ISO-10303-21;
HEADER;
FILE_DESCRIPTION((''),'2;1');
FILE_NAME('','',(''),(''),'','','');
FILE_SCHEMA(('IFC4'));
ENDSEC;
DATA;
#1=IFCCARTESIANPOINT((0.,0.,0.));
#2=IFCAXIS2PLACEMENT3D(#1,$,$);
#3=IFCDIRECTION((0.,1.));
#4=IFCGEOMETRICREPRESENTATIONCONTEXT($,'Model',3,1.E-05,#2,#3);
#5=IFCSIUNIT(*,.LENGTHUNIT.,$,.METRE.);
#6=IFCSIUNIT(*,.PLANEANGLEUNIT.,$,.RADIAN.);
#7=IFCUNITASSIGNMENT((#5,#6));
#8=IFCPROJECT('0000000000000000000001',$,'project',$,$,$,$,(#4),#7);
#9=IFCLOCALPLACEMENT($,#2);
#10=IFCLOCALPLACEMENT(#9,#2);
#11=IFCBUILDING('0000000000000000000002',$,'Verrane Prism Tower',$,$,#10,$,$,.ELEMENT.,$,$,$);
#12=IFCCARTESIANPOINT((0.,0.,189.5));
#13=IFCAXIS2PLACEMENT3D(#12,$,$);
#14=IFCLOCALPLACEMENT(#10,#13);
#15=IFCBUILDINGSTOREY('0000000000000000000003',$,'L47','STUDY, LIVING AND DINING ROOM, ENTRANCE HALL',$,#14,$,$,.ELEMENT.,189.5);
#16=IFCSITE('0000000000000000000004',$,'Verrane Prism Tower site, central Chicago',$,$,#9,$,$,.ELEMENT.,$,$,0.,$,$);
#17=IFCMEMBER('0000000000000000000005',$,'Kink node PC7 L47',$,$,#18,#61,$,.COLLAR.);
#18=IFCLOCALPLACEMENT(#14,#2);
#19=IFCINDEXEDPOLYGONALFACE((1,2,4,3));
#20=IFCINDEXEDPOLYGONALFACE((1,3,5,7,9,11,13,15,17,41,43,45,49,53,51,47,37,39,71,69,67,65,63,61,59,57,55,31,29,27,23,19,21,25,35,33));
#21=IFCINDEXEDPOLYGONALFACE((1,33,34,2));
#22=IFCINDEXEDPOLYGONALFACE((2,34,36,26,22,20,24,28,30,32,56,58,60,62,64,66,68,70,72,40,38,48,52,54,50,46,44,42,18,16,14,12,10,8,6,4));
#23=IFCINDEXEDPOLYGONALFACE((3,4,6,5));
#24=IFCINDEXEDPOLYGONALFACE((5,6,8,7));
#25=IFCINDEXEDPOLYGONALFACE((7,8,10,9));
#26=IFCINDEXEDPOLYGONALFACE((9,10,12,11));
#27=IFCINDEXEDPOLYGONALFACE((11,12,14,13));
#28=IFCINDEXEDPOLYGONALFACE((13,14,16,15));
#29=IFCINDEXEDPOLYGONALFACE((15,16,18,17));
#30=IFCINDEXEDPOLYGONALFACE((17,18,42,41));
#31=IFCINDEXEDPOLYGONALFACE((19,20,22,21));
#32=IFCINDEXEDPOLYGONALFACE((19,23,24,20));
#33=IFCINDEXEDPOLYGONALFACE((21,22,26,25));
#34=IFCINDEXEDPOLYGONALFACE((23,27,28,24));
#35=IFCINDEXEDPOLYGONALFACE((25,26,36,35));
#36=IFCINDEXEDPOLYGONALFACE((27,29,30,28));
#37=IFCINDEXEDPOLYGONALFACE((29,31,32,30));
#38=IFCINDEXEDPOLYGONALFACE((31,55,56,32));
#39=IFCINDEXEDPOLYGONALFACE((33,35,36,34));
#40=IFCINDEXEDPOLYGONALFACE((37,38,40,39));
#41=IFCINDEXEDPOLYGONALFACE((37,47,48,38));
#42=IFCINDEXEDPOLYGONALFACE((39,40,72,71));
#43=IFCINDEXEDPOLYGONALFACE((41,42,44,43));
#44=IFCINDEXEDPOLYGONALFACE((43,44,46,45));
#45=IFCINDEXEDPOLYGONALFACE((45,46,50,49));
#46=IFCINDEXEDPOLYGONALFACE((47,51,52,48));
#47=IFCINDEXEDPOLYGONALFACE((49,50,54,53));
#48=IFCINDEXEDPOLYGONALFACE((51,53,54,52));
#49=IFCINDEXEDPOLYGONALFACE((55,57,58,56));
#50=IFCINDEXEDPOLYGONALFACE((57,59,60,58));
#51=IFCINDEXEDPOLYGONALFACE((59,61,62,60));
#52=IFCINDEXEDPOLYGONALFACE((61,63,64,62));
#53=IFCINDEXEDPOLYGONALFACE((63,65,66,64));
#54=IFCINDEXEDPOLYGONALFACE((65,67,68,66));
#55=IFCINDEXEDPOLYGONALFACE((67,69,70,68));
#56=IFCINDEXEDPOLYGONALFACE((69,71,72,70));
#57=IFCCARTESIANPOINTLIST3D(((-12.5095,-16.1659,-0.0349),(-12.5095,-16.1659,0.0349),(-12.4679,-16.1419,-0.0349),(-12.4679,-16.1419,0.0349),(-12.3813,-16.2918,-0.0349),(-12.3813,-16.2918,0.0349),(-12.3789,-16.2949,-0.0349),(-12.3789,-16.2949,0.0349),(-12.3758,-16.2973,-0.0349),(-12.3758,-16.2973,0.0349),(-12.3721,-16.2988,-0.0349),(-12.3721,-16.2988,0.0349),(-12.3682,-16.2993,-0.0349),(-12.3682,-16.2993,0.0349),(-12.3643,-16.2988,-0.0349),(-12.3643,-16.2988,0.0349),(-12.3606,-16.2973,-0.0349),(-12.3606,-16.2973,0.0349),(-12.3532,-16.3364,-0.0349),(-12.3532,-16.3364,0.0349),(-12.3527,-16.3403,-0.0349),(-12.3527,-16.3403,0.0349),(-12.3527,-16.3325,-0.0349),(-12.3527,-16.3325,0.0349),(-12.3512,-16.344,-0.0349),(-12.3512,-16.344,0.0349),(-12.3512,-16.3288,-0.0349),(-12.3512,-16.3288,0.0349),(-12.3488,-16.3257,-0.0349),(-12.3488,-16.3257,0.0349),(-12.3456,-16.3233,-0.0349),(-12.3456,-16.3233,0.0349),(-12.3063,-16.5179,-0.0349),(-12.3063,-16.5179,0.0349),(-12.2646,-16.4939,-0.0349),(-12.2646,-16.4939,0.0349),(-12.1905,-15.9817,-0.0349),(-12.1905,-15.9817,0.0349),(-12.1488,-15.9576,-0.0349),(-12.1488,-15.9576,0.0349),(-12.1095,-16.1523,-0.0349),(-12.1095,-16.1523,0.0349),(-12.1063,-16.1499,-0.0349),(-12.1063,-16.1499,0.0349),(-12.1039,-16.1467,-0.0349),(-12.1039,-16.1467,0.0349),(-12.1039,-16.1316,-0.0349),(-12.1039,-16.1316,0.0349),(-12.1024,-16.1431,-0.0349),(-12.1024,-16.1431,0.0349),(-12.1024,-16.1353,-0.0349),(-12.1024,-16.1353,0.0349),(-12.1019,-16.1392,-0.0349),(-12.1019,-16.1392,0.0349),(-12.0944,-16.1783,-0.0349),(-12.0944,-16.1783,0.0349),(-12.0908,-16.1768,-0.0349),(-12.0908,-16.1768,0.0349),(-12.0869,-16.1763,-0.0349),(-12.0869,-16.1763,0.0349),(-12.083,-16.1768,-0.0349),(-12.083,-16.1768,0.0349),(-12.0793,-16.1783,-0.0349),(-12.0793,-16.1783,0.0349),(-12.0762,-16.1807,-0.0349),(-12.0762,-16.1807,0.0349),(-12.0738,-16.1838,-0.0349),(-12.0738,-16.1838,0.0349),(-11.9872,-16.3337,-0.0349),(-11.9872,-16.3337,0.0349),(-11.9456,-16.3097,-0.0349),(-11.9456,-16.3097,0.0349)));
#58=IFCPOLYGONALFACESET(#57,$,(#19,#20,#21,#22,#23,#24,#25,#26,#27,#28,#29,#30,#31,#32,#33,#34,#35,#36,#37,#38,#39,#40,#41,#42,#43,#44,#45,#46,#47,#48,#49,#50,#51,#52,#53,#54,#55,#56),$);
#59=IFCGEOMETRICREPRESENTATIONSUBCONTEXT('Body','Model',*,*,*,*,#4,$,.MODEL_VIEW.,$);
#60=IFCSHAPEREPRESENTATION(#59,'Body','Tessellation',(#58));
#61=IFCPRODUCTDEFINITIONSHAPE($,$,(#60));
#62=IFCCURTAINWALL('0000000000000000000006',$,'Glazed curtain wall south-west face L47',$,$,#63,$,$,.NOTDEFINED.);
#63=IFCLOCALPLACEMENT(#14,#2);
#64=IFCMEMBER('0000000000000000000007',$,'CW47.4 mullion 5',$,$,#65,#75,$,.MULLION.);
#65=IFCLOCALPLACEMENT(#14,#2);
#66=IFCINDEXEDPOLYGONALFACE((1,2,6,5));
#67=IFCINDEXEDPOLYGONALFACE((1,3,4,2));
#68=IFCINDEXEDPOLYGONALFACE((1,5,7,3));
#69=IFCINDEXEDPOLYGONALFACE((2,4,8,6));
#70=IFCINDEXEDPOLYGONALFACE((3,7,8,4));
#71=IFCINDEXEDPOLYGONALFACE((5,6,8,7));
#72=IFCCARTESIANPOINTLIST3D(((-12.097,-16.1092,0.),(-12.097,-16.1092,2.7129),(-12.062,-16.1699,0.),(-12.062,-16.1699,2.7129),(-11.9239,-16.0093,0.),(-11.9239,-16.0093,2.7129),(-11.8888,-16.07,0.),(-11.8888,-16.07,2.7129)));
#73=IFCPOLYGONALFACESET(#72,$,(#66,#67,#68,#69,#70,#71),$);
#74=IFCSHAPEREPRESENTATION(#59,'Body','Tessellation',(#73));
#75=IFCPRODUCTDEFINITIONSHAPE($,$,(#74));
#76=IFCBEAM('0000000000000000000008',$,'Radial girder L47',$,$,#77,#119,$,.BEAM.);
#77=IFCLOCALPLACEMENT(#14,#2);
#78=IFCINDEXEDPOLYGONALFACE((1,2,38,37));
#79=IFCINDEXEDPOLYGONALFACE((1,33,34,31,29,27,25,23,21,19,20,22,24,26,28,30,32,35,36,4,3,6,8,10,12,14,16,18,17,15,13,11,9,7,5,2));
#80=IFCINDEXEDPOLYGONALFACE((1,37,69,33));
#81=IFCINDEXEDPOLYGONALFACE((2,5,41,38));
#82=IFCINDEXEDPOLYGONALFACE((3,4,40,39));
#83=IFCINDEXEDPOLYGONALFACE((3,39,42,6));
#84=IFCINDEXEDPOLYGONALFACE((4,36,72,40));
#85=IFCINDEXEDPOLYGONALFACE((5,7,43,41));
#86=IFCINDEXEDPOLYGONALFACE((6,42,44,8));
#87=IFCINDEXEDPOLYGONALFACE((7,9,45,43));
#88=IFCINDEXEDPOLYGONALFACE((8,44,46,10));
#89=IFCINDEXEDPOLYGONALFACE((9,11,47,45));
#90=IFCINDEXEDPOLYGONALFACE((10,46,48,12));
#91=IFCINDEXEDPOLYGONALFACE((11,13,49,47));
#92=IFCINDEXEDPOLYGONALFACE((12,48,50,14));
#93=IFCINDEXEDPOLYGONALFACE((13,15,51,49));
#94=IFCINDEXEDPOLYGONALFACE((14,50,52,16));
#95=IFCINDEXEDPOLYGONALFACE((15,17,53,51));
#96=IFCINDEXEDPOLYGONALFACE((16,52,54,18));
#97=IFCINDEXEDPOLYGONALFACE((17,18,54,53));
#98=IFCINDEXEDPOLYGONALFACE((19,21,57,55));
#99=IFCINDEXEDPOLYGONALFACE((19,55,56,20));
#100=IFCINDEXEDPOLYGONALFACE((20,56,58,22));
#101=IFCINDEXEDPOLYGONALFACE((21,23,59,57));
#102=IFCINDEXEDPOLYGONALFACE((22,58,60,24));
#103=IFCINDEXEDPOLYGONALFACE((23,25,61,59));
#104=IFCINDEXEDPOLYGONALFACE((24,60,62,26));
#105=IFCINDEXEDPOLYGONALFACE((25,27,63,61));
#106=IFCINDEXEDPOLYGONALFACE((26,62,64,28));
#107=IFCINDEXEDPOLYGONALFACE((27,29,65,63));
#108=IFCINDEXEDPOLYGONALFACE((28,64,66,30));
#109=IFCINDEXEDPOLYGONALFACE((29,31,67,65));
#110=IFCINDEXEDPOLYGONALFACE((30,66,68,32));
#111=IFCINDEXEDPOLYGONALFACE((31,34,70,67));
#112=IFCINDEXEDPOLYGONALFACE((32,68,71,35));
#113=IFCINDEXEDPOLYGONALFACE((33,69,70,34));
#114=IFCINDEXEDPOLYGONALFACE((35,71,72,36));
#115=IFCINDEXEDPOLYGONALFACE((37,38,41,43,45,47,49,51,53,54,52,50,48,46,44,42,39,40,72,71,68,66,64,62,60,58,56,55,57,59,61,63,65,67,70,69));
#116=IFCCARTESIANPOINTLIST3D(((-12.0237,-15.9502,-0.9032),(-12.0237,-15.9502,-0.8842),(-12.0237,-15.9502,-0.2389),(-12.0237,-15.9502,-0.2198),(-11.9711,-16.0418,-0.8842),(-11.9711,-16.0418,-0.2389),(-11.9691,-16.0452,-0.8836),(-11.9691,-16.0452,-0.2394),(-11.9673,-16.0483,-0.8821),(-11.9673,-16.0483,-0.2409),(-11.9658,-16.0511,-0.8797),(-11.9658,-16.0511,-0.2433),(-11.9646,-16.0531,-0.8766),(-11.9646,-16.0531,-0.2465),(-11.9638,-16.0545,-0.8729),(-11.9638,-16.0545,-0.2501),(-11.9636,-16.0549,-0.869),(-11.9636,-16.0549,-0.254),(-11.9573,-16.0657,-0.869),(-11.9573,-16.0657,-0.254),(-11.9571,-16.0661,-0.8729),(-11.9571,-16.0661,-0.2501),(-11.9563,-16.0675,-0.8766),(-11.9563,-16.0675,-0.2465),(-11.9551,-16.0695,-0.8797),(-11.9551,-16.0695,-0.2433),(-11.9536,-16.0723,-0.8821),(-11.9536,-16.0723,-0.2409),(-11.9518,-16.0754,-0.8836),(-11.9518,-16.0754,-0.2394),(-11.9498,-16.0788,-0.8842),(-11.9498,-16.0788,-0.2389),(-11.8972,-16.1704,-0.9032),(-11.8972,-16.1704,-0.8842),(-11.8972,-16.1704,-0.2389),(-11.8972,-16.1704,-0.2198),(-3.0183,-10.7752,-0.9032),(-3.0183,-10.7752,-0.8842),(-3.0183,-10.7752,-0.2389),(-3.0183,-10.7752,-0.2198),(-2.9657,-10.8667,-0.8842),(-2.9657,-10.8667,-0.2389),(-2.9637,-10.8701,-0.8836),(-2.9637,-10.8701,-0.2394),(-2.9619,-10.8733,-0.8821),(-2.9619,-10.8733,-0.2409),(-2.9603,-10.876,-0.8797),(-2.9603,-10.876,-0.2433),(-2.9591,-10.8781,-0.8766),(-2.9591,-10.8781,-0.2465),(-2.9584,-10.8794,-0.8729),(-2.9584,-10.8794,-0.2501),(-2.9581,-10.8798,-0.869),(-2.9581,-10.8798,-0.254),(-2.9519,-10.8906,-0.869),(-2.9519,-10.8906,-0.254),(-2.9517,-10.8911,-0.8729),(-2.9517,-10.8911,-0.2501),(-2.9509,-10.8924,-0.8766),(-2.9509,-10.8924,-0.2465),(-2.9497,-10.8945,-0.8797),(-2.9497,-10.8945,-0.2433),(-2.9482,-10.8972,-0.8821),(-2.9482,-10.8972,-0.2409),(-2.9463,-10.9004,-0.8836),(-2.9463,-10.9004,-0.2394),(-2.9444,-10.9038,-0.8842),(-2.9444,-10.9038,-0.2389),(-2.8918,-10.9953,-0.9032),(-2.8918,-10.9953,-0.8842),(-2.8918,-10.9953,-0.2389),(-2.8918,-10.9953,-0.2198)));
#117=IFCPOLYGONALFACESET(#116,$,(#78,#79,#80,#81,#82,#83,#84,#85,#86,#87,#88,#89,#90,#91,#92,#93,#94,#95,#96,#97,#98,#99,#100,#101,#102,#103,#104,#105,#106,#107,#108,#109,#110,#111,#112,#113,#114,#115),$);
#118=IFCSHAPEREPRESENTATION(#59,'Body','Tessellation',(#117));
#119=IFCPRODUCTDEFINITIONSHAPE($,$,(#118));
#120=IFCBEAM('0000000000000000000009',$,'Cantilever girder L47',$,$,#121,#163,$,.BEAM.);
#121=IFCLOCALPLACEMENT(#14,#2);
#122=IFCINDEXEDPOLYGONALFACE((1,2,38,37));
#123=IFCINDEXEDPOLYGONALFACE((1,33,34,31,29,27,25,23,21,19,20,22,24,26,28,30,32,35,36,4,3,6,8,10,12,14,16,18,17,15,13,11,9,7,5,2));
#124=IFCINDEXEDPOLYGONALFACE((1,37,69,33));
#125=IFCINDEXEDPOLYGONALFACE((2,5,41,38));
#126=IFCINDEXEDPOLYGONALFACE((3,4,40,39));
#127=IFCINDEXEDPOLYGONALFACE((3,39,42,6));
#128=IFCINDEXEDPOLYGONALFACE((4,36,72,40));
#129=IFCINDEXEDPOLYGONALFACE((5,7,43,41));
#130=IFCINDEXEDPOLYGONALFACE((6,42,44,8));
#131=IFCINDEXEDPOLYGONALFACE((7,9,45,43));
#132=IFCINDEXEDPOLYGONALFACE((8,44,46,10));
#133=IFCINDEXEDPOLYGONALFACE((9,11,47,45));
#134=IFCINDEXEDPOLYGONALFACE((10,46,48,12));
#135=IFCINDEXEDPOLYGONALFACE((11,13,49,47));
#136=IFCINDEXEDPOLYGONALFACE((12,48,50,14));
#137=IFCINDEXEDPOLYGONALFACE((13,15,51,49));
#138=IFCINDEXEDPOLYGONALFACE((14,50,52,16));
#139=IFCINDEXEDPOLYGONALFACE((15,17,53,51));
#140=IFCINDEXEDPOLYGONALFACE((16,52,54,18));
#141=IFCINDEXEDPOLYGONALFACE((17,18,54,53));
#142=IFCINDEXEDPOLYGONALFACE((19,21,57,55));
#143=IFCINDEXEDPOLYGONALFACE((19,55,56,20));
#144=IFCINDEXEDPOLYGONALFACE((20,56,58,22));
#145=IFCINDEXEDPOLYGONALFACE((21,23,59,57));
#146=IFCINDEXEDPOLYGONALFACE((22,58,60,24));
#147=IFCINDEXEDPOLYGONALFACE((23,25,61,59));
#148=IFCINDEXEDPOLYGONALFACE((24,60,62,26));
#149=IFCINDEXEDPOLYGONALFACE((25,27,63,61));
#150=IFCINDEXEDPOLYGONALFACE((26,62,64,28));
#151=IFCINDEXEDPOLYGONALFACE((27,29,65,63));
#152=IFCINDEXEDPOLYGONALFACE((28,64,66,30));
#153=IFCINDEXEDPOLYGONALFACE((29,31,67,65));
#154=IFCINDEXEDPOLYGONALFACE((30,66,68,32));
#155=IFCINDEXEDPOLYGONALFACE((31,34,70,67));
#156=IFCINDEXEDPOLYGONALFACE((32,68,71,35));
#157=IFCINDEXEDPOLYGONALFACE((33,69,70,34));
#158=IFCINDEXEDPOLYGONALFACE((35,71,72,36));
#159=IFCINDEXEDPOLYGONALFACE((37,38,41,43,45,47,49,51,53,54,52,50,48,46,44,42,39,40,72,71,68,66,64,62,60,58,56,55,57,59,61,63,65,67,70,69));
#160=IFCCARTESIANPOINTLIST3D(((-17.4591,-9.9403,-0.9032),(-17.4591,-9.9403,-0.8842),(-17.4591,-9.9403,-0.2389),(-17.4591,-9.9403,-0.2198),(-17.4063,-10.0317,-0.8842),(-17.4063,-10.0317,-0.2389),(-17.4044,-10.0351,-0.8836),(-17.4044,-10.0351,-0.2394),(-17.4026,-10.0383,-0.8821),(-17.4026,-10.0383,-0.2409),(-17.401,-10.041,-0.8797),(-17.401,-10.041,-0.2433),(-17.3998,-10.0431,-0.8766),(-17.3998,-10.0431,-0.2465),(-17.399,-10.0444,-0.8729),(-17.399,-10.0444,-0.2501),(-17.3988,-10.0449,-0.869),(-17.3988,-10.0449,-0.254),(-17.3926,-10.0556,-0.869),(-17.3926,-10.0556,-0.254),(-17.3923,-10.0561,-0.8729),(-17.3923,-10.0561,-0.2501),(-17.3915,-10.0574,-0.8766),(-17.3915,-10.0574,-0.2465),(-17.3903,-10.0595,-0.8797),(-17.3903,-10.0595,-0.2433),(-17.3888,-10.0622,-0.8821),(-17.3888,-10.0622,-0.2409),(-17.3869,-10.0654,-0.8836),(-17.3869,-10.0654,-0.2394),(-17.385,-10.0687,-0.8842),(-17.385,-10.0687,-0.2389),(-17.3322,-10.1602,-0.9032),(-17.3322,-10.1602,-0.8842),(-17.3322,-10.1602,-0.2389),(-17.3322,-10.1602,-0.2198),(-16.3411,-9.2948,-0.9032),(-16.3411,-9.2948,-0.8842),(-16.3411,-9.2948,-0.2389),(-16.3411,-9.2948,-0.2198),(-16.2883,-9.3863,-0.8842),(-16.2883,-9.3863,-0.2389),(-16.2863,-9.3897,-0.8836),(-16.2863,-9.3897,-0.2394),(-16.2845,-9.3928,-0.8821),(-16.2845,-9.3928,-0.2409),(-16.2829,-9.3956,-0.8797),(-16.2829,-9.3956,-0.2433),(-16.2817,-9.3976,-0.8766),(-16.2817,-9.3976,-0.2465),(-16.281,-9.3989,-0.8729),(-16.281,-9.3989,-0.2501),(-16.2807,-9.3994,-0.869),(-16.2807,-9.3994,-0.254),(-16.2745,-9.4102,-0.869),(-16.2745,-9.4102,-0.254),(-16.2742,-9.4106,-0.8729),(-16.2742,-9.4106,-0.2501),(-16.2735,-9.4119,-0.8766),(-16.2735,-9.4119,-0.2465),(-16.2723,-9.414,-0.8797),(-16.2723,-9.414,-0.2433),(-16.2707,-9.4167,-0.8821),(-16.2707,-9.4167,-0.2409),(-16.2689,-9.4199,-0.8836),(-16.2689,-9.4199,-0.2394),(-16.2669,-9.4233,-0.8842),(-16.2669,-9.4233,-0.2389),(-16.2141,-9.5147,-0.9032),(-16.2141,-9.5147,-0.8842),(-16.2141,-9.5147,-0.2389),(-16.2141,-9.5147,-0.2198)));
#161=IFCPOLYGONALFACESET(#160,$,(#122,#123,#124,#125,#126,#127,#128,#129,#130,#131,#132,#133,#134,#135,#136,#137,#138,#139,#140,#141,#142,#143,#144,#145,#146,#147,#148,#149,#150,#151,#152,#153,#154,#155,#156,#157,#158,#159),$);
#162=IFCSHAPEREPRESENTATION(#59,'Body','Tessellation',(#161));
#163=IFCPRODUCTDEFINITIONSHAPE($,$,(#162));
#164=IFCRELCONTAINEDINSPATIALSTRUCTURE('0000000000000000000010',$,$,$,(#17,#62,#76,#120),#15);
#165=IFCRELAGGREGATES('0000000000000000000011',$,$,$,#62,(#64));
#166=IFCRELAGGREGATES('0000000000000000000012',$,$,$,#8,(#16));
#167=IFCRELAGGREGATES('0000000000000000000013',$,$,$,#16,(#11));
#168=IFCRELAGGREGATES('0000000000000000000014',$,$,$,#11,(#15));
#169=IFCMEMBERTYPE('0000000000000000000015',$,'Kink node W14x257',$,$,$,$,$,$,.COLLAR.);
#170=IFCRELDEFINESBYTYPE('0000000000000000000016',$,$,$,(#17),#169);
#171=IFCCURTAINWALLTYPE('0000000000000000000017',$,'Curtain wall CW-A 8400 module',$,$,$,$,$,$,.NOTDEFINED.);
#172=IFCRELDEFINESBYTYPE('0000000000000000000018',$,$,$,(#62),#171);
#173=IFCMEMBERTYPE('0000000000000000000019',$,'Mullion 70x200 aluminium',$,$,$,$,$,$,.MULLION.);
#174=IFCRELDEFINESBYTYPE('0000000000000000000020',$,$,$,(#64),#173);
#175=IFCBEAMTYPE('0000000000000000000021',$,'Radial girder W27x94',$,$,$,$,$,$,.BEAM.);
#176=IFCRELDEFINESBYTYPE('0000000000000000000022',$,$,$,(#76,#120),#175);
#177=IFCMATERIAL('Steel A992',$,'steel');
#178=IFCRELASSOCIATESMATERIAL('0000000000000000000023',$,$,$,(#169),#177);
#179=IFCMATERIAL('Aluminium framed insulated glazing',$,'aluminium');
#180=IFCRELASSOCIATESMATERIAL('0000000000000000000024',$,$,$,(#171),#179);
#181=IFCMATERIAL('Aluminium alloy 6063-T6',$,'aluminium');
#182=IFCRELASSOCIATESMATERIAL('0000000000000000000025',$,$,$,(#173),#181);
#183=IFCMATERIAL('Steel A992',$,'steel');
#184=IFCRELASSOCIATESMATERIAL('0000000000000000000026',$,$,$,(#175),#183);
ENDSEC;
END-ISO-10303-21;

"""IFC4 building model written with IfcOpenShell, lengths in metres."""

from ifc_helpers import new_model, si_unit, direction, frame, origin, origin_2d, place, context, subcontext, project, spatial, rectangle, i_section, extrude, material, material_profile, profile_set, type_object, element, aggregate, save


model = new_model("IFC4")

# Units and contexts
model_context = context("Model", 3, precision=1e-05, world=origin(), true_north=direction((0.0, 1.0)))
body_context = subcontext(model_context, "Body", "Model", "MODEL_VIEW")
ifc_project = project(units=[si_unit("LENGTHUNIT", "METRE"), si_unit("PLANEANGLEUNIT", "RADIAN")], contexts=[model_context])

# Site, building, storey
site_placement = place(None, origin())
site = spatial("IfcSite", under=ifc_project, at=site_placement, Name="Verrane Prism Tower site, central Chicago", CompositionType="ELEMENT", RefElevation=0.0)
building_placement = place(site_placement, origin())
building = spatial("IfcBuilding", under=site, at=building_placement, Name="Verrane Prism Tower", CompositionType="ELEMENT")
storey_placement = place(building_placement, frame((0.0, 0.0, 189.5)))
storey = spatial("IfcBuildingStorey", under=building, at=storey_placement, Name="L47", Description="STUDY, LIVING AND DINING ROOM, ENTRANCE HALL", CompositionType="ELEMENT", Elevation=189.5)

# Member
ifc_material_1 = material(Name="Steel A992", Category="steel")
ifc_material_profile_1 = material_profile(ifc_material_1, i_section(OverallWidth=0.4065, OverallDepth=0.4165, WebThickness=0.03, FlangeThickness=0.0481, FilletRadius=0.0151, at=origin_2d()), Name="W14x257")
ifc_profile_set_1 = profile_set([ifc_material_profile_1], Name="Steel A992")
member_type_1 = type_object("IfcMemberType", Name="Kink node W14x257", PredefinedType="COLLAR", material=ifc_profile_set_1)
member_1_placement = place(storey_placement, frame((-12.2275, -16.2378, -0.0349), z_axis=(0.0, 0.0, 1.0), x_axis=(-0.5, 0.866025, 0.0)))
element("IfcMember", 1, at=member_1_placement, inside=storey, type_object=member_type_1, Name="Kink node PC7 L47", PredefinedType="COLLAR", context=body_context, shape_type="SweptSolid", body=[
    extrude(i_section(OverallWidth=0.4065, OverallDepth=0.4165, WebThickness=0.03, FlangeThickness=0.0481, FilletRadius=0.0151, at=origin_2d()), origin(), (0.0, 0.0, 1.0), 0.0698),
])

# Curtain wall, member
ifc_material_2 = material(Name="Aluminium framed insulated glazing", Category="aluminium")
curtain_wall_type = type_object("IfcCurtainWallType", Name="Curtain wall CW-A 8400 module", PredefinedType="NOTDEFINED", material=ifc_material_2)
curtain_wall_placement = place(storey_placement, origin())
curtain_wall = element("IfcCurtainWall", 2, at=curtain_wall_placement, inside=storey, type_object=curtain_wall_type, Name="Glazed curtain wall south-west face L47", PredefinedType="NOTDEFINED")
ifc_material_3 = material(Name="Aluminium alloy 6063-T6", Category="aluminium")
ifc_material_profile_2 = material_profile(ifc_material_3, rectangle(XDim=0.2, YDim=0.0701, at=origin_2d()), Name="Mullion 70x200 aluminium")
ifc_profile_set_2 = profile_set([ifc_material_profile_2], Name="Aluminium alloy 6063-T6")
member_type_2 = type_object("IfcMemberType", Name="Mullion 70x200 aluminium", PredefinedType="MULLION", material=ifc_profile_set_2)
member_2_placement = place(storey_placement, frame((-11.9929, -16.0896, 0.0), z_axis=(0.0, 0.0, 1.0), x_axis=(0.866026, 0.5, 0.0)))
member_2 = element("IfcMember", 3, at=member_2_placement, type_object=member_type_2, Name="CW47.4 mullion 5", PredefinedType="MULLION", context=body_context, shape_type="SweptSolid", body=[
    extrude(rectangle(XDim=0.2, YDim=0.0701, at=origin_2d()), origin(), (0.0, 0.0, 1.0), 2.7129),
])

# Beams
ifc_material_4 = material(Name="Steel A992", Category="steel")
ifc_material_profile_3 = material_profile(ifc_material_4, i_section(OverallWidth=0.2539, OverallDepth=0.6833, WebThickness=0.0125, FlangeThickness=0.019, FilletRadius=0.0151, at=origin_2d()), Name="W27x94")
ifc_profile_set_3 = profile_set([ifc_material_profile_3], Name="Steel A992")
beam_type_1 = type_object("IfcBeamType", Name="Radial girder W27x94", PredefinedType="BEAM", material=ifc_profile_set_3)
beam_1_placement = place(storey_placement, frame((-11.9604, -16.0603, -0.5615), z_axis=(0.867033, 0.498251, 0.0), x_axis=(-0.498251, 0.867033, 0.0)))
element("IfcBeam", 4, at=beam_1_placement, inside=storey, type_object=beam_type_1, Name="Radial girder L47", PredefinedType="BEAM", context=body_context, shape_type="SweptSolid", body=[
    extrude(i_section(OverallWidth=0.2539, OverallDepth=0.6833, WebThickness=0.0125, FlangeThickness=0.019, FilletRadius=0.0151, at=origin_2d()), origin(), (0.0, 0.0, 1.0), 10.3865),
])
beam_2_placement = place(storey_placement, frame((-16.2776, -9.4048, -0.5615), z_axis=(-0.866047, -0.499963, 0.0), x_axis=(0.499963, -0.866047, 0.0)))
element("IfcBeam", 5, at=beam_2_placement, inside=storey, type_object=beam_type_1, Name="Cantilever girder L47", PredefinedType="BEAM", context=body_context, shape_type="SweptSolid", body=[
    extrude(i_section(OverallWidth=0.2539, OverallDepth=0.6833, WebThickness=0.0125, FlangeThickness=0.019, FilletRadius=0.0151, at=origin_2d()), origin(), (0.0, 0.0, 1.0), 1.291),
])

aggregate(curtain_wall, [member_2])

save(model, "model.ifc")
